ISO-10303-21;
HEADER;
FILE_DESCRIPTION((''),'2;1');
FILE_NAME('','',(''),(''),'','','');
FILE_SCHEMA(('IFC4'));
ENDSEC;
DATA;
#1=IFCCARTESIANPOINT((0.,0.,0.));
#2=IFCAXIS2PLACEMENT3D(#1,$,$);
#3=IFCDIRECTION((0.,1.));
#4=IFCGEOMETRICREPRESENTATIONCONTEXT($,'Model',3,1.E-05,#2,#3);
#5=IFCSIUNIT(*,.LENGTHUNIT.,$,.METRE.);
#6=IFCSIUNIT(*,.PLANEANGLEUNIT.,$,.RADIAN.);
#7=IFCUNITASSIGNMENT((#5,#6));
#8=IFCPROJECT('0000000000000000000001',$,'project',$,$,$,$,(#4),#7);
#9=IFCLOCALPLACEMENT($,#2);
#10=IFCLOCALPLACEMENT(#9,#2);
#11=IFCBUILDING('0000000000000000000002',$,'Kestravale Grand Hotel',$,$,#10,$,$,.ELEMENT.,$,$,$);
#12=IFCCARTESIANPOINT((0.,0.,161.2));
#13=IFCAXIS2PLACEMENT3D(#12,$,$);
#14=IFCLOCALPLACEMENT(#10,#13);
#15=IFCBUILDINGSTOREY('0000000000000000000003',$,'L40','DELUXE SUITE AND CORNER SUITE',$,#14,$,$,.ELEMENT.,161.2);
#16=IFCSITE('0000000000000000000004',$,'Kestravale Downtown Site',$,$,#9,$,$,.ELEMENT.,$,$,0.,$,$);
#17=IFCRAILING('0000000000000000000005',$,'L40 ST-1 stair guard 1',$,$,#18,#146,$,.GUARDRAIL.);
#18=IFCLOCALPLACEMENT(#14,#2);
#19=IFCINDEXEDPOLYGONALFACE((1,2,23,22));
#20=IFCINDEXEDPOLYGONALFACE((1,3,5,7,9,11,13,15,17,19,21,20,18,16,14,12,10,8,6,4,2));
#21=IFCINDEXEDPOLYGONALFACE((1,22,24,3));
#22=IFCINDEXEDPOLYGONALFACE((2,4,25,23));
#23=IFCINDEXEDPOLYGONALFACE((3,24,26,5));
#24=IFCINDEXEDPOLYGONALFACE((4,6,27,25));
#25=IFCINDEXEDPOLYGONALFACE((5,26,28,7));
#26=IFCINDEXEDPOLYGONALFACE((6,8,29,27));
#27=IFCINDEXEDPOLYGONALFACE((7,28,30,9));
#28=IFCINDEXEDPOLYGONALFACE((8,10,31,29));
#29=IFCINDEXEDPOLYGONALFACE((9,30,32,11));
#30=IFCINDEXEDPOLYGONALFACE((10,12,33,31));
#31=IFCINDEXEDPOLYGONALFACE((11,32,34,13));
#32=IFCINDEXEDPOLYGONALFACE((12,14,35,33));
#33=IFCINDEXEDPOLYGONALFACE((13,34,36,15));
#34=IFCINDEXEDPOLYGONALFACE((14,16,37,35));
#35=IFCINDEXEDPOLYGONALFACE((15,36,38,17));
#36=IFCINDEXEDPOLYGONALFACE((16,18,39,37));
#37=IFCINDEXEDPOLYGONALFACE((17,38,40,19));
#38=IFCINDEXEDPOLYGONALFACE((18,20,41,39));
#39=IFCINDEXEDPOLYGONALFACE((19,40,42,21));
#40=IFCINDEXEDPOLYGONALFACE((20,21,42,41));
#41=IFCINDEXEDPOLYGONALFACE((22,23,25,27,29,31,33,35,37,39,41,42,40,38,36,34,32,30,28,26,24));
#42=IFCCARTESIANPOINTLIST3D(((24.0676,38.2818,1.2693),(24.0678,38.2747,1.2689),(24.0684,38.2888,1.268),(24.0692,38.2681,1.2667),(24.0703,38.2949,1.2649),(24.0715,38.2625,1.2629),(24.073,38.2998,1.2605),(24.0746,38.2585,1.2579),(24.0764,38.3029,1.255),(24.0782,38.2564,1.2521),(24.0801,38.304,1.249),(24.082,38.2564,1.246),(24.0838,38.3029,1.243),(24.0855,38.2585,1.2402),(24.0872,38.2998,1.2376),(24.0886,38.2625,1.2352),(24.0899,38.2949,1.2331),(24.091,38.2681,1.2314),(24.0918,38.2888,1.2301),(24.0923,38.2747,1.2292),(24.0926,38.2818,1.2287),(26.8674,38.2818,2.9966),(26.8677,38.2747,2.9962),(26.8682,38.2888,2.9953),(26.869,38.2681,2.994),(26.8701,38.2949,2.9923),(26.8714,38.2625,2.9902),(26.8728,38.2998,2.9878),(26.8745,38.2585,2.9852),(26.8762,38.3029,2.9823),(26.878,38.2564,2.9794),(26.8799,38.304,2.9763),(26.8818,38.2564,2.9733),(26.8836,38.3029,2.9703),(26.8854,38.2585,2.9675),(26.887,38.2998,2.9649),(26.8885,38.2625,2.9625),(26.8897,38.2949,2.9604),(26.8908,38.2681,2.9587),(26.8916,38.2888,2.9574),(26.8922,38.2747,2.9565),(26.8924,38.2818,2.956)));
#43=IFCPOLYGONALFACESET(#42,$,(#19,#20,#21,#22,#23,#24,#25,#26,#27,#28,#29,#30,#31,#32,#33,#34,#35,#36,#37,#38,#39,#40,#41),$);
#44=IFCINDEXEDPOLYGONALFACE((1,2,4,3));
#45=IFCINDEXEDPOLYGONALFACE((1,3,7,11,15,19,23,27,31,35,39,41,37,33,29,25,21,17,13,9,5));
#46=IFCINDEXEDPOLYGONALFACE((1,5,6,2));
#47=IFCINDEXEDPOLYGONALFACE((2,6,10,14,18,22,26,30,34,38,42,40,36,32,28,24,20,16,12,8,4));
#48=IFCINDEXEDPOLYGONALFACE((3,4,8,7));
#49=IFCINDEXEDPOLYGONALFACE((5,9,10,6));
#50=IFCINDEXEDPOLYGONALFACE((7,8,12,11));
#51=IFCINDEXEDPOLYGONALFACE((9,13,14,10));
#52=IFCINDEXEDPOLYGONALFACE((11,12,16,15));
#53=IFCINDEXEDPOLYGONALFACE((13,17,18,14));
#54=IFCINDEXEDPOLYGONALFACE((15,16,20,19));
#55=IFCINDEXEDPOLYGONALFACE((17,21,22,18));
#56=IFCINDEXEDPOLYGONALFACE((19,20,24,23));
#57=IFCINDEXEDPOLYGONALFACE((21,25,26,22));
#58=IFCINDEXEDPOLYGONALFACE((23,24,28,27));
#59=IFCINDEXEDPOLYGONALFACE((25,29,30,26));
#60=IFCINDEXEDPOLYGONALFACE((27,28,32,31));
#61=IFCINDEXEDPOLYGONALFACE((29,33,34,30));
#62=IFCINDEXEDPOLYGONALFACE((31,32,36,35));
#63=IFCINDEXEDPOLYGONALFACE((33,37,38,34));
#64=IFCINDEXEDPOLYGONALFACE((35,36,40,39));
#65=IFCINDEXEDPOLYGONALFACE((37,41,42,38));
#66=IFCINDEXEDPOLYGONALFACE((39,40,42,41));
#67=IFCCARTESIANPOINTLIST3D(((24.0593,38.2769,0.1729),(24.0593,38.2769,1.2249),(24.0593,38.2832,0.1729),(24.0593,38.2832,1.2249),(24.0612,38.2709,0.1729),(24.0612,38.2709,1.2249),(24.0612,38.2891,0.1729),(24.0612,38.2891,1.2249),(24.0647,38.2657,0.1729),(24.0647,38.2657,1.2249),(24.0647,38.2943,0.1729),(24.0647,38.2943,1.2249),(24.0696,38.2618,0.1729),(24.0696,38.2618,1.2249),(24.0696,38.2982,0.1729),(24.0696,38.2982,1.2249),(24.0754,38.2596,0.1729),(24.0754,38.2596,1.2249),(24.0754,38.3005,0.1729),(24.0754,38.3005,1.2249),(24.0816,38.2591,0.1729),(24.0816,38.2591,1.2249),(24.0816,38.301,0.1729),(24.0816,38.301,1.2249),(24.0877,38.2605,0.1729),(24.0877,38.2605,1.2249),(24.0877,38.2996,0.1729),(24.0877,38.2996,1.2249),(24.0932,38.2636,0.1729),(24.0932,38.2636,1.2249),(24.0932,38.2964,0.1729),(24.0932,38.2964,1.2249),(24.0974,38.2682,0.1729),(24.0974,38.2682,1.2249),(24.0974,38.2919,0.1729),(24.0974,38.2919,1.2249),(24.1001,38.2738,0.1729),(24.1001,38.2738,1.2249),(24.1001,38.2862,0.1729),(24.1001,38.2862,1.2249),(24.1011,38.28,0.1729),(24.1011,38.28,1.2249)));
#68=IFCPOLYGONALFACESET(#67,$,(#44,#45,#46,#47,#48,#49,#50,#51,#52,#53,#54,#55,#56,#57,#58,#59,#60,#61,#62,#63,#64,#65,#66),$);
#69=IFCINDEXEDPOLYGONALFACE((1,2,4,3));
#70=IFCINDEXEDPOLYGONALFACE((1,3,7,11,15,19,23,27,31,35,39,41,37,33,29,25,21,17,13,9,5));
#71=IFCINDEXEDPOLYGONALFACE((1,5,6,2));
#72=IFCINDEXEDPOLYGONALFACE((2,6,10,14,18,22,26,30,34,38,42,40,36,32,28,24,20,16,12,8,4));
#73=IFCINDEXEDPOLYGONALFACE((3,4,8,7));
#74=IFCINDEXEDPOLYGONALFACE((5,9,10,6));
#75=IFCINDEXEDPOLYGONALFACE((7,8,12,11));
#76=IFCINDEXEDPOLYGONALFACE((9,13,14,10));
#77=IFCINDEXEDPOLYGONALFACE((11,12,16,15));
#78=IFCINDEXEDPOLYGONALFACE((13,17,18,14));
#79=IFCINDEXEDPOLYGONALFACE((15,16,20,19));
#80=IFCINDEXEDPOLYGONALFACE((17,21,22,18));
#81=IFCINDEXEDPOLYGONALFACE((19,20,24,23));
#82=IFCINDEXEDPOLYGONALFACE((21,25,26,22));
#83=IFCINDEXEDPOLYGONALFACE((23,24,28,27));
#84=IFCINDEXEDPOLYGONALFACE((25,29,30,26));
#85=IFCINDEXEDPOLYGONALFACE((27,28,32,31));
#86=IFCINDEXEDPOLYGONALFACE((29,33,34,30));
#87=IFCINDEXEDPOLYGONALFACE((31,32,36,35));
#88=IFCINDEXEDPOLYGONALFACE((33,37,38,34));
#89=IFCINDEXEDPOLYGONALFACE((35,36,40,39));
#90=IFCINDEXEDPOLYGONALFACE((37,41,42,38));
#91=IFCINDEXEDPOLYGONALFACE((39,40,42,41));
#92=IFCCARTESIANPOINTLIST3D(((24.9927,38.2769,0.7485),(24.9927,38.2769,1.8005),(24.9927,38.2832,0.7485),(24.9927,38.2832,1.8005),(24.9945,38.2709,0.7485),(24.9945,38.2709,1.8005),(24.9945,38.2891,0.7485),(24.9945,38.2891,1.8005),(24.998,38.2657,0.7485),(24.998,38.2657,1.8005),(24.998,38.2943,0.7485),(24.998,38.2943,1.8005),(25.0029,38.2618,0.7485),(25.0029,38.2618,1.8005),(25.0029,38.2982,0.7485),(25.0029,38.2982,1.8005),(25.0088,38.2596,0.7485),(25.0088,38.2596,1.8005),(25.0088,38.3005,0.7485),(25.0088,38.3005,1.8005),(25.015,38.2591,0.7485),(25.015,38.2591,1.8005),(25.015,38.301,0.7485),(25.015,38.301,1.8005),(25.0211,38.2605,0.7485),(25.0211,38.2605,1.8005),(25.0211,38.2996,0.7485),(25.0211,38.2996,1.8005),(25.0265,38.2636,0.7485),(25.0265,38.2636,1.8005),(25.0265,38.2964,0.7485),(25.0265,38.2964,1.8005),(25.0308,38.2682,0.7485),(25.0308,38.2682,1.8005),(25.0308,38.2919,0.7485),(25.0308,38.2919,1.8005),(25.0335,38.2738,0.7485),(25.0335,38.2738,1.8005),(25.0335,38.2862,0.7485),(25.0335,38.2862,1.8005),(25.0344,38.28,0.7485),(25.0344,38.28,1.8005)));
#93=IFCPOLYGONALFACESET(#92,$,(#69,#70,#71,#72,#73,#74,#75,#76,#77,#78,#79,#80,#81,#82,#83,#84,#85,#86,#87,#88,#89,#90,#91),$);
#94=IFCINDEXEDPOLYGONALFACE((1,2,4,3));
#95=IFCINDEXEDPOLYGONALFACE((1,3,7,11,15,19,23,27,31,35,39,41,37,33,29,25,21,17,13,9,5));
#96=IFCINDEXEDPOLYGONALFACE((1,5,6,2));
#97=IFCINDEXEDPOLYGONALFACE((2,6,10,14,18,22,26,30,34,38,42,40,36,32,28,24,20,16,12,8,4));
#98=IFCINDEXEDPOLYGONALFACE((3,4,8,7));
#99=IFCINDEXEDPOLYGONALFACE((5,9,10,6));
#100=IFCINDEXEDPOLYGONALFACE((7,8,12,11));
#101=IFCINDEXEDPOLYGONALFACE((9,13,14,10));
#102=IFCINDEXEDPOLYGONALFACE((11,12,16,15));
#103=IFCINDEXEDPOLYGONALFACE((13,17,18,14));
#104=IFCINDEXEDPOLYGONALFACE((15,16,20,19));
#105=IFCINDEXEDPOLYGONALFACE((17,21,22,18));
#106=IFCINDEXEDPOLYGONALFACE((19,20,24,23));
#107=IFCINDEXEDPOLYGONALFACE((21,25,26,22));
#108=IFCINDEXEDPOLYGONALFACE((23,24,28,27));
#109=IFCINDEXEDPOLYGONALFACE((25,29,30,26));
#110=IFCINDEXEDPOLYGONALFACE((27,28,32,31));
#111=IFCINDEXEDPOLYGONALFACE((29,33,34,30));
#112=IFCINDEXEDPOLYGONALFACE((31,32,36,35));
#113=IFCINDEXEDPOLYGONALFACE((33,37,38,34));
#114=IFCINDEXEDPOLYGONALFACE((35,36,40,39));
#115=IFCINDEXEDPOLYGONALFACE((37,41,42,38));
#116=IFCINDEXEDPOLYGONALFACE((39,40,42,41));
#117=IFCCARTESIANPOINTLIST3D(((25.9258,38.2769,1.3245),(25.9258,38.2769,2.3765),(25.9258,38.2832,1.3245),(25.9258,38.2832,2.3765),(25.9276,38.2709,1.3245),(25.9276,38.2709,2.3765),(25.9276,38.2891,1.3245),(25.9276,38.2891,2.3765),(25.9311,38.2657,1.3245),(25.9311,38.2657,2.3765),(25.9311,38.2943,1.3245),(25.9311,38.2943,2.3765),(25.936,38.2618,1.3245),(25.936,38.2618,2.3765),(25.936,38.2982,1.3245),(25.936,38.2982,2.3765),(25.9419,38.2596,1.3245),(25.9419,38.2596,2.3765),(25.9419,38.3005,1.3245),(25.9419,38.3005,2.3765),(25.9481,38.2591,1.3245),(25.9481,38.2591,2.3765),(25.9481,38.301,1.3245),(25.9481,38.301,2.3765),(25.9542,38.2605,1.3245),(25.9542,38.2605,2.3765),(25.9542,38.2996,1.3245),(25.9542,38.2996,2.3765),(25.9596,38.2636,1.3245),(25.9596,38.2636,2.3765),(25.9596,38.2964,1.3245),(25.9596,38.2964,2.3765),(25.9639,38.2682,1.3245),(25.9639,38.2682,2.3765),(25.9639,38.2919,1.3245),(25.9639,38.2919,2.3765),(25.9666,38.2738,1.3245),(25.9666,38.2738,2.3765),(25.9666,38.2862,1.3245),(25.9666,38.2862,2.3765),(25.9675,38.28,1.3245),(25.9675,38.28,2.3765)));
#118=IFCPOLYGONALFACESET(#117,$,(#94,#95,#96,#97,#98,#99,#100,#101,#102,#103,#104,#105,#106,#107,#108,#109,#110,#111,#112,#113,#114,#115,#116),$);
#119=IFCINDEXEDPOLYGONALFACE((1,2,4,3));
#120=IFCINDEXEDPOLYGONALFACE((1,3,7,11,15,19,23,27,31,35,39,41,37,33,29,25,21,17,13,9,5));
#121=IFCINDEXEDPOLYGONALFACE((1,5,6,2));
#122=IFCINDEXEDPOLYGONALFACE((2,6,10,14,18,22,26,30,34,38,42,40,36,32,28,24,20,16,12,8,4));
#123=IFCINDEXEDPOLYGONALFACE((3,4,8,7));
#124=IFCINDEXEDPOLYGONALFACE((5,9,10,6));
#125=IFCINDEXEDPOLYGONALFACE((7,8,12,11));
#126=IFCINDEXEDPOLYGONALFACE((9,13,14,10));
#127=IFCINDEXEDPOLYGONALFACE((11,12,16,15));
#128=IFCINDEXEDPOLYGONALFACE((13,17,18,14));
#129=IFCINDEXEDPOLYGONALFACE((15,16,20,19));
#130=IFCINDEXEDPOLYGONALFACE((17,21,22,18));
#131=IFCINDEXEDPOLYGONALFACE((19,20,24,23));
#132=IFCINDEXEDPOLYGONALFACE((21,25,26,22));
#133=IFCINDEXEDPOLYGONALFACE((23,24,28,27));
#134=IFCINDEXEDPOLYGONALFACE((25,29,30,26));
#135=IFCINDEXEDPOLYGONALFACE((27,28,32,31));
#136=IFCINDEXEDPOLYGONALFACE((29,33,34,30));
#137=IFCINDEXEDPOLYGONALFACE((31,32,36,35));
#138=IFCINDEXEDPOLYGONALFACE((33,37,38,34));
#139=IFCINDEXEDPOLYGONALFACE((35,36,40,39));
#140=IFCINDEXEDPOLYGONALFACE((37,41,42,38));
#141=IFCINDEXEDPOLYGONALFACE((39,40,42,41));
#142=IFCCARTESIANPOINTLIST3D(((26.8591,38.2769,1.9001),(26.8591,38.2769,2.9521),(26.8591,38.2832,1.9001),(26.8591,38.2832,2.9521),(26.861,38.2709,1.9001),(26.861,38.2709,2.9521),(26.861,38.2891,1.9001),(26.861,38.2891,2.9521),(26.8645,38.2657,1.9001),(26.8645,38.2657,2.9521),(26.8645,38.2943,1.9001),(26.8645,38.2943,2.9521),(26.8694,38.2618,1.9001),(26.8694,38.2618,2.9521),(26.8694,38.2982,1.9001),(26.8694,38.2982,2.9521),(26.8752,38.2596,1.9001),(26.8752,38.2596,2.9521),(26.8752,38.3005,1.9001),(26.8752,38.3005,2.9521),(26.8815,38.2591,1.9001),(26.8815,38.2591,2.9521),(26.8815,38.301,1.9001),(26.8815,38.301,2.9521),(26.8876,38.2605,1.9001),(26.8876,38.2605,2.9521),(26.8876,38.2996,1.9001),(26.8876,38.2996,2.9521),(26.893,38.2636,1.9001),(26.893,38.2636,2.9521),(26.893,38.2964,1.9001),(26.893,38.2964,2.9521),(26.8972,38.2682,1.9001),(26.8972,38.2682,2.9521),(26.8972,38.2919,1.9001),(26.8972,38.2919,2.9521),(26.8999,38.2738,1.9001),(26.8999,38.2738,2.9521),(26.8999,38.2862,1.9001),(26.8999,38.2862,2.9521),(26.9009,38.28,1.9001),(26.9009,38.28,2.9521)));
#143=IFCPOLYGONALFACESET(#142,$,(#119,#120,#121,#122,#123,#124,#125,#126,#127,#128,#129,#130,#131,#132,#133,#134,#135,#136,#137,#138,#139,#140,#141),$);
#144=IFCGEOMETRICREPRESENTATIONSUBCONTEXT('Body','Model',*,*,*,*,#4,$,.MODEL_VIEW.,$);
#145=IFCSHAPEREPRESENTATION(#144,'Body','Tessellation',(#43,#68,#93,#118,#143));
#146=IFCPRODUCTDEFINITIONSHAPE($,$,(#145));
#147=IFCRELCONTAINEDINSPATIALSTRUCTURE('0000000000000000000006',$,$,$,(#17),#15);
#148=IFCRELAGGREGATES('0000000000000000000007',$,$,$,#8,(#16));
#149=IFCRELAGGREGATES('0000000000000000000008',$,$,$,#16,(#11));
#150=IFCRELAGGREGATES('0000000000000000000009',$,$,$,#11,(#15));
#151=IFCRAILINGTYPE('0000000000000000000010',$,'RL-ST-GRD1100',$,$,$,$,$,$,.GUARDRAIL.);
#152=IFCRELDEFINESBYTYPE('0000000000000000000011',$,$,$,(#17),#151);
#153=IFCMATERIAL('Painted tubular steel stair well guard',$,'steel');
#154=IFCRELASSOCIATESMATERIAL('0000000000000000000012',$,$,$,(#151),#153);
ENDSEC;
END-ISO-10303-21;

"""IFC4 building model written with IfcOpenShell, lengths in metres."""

from ifc_helpers import new_model, si_unit, direction, frame, origin, origin_2d, place, context, subcontext, project, spatial, circle, extrude, material, type_object, element, save


model = new_model("IFC4")

# Units and contexts
model_context = context("Model", 3, precision=1e-05, world=origin(), true_north=direction((0.0, 1.0)))
body_context = subcontext(model_context, "Body", "Model", "MODEL_VIEW")
ifc_project = project(units=[si_unit("LENGTHUNIT", "METRE"), si_unit("PLANEANGLEUNIT", "RADIAN")], contexts=[model_context])

# Site, building, storey
site_placement = place(None, origin())
site = spatial("IfcSite", under=ifc_project, at=site_placement, Name="Kestravale Downtown Site", CompositionType="ELEMENT", RefElevation=0.0)
building_placement = place(site_placement, origin())
building = spatial("IfcBuilding", under=site, at=building_placement, Name="Kestravale Grand Hotel", CompositionType="ELEMENT")
storey_placement = place(building_placement, frame((0.0, 0.0, 161.2)))
storey = spatial("IfcBuildingStorey", under=building, at=storey_placement, Name="L40", Description="DELUXE SUITE AND CORNER SUITE", CompositionType="ELEMENT", Elevation=161.2)

# Railing
ifc_material_1 = material(Name="Painted tubular steel stair well guard", Category="steel")
railing_type_1 = type_object("IfcRailingType", Name="RL-ST-GRD1100", PredefinedType="GUARDRAIL", material=ifc_material_1)
railing_1_placement = place(storey_placement, frame((24.0801, 38.28, 0.1729)))
element("IfcRailing", 1, at=railing_1_placement, inside=storey, type_object=railing_type_1, Name="L40 ST-1 stair guard 1", PredefinedType="GUARDRAIL", context=body_context, shape_type="SweptSolid", body=[
    extrude(circle(Radius=0.0239, at=origin_2d()), frame((0.0, 0.0, 1.0762), z_axis=(0.851069, 0.0, 0.525054), x_axis=(0.0, 1.0, 0.0)), (0.0, 0.0, 1.0), 3.2898),
    extrude(circle(Radius=0.021, at=origin_2d()), origin(), (0.0, 0.0, 1.0), 1.052),
    extrude(circle(Radius=0.021, at=origin_2d()), frame((0.9333, 0.0, 0.5757)), (0.0, 0.0, 1.0), 1.052),
    extrude(circle(Radius=0.021, at=origin_2d()), frame((1.8665, 0.0, 1.1516)), (0.0, 0.0, 1.0), 1.052),
    extrude(circle(Radius=0.021, at=origin_2d()), frame((2.7998, 0.0, 1.7273)), (0.0, 0.0, 1.0), 1.052),
])

save(model, "model.ifc")
